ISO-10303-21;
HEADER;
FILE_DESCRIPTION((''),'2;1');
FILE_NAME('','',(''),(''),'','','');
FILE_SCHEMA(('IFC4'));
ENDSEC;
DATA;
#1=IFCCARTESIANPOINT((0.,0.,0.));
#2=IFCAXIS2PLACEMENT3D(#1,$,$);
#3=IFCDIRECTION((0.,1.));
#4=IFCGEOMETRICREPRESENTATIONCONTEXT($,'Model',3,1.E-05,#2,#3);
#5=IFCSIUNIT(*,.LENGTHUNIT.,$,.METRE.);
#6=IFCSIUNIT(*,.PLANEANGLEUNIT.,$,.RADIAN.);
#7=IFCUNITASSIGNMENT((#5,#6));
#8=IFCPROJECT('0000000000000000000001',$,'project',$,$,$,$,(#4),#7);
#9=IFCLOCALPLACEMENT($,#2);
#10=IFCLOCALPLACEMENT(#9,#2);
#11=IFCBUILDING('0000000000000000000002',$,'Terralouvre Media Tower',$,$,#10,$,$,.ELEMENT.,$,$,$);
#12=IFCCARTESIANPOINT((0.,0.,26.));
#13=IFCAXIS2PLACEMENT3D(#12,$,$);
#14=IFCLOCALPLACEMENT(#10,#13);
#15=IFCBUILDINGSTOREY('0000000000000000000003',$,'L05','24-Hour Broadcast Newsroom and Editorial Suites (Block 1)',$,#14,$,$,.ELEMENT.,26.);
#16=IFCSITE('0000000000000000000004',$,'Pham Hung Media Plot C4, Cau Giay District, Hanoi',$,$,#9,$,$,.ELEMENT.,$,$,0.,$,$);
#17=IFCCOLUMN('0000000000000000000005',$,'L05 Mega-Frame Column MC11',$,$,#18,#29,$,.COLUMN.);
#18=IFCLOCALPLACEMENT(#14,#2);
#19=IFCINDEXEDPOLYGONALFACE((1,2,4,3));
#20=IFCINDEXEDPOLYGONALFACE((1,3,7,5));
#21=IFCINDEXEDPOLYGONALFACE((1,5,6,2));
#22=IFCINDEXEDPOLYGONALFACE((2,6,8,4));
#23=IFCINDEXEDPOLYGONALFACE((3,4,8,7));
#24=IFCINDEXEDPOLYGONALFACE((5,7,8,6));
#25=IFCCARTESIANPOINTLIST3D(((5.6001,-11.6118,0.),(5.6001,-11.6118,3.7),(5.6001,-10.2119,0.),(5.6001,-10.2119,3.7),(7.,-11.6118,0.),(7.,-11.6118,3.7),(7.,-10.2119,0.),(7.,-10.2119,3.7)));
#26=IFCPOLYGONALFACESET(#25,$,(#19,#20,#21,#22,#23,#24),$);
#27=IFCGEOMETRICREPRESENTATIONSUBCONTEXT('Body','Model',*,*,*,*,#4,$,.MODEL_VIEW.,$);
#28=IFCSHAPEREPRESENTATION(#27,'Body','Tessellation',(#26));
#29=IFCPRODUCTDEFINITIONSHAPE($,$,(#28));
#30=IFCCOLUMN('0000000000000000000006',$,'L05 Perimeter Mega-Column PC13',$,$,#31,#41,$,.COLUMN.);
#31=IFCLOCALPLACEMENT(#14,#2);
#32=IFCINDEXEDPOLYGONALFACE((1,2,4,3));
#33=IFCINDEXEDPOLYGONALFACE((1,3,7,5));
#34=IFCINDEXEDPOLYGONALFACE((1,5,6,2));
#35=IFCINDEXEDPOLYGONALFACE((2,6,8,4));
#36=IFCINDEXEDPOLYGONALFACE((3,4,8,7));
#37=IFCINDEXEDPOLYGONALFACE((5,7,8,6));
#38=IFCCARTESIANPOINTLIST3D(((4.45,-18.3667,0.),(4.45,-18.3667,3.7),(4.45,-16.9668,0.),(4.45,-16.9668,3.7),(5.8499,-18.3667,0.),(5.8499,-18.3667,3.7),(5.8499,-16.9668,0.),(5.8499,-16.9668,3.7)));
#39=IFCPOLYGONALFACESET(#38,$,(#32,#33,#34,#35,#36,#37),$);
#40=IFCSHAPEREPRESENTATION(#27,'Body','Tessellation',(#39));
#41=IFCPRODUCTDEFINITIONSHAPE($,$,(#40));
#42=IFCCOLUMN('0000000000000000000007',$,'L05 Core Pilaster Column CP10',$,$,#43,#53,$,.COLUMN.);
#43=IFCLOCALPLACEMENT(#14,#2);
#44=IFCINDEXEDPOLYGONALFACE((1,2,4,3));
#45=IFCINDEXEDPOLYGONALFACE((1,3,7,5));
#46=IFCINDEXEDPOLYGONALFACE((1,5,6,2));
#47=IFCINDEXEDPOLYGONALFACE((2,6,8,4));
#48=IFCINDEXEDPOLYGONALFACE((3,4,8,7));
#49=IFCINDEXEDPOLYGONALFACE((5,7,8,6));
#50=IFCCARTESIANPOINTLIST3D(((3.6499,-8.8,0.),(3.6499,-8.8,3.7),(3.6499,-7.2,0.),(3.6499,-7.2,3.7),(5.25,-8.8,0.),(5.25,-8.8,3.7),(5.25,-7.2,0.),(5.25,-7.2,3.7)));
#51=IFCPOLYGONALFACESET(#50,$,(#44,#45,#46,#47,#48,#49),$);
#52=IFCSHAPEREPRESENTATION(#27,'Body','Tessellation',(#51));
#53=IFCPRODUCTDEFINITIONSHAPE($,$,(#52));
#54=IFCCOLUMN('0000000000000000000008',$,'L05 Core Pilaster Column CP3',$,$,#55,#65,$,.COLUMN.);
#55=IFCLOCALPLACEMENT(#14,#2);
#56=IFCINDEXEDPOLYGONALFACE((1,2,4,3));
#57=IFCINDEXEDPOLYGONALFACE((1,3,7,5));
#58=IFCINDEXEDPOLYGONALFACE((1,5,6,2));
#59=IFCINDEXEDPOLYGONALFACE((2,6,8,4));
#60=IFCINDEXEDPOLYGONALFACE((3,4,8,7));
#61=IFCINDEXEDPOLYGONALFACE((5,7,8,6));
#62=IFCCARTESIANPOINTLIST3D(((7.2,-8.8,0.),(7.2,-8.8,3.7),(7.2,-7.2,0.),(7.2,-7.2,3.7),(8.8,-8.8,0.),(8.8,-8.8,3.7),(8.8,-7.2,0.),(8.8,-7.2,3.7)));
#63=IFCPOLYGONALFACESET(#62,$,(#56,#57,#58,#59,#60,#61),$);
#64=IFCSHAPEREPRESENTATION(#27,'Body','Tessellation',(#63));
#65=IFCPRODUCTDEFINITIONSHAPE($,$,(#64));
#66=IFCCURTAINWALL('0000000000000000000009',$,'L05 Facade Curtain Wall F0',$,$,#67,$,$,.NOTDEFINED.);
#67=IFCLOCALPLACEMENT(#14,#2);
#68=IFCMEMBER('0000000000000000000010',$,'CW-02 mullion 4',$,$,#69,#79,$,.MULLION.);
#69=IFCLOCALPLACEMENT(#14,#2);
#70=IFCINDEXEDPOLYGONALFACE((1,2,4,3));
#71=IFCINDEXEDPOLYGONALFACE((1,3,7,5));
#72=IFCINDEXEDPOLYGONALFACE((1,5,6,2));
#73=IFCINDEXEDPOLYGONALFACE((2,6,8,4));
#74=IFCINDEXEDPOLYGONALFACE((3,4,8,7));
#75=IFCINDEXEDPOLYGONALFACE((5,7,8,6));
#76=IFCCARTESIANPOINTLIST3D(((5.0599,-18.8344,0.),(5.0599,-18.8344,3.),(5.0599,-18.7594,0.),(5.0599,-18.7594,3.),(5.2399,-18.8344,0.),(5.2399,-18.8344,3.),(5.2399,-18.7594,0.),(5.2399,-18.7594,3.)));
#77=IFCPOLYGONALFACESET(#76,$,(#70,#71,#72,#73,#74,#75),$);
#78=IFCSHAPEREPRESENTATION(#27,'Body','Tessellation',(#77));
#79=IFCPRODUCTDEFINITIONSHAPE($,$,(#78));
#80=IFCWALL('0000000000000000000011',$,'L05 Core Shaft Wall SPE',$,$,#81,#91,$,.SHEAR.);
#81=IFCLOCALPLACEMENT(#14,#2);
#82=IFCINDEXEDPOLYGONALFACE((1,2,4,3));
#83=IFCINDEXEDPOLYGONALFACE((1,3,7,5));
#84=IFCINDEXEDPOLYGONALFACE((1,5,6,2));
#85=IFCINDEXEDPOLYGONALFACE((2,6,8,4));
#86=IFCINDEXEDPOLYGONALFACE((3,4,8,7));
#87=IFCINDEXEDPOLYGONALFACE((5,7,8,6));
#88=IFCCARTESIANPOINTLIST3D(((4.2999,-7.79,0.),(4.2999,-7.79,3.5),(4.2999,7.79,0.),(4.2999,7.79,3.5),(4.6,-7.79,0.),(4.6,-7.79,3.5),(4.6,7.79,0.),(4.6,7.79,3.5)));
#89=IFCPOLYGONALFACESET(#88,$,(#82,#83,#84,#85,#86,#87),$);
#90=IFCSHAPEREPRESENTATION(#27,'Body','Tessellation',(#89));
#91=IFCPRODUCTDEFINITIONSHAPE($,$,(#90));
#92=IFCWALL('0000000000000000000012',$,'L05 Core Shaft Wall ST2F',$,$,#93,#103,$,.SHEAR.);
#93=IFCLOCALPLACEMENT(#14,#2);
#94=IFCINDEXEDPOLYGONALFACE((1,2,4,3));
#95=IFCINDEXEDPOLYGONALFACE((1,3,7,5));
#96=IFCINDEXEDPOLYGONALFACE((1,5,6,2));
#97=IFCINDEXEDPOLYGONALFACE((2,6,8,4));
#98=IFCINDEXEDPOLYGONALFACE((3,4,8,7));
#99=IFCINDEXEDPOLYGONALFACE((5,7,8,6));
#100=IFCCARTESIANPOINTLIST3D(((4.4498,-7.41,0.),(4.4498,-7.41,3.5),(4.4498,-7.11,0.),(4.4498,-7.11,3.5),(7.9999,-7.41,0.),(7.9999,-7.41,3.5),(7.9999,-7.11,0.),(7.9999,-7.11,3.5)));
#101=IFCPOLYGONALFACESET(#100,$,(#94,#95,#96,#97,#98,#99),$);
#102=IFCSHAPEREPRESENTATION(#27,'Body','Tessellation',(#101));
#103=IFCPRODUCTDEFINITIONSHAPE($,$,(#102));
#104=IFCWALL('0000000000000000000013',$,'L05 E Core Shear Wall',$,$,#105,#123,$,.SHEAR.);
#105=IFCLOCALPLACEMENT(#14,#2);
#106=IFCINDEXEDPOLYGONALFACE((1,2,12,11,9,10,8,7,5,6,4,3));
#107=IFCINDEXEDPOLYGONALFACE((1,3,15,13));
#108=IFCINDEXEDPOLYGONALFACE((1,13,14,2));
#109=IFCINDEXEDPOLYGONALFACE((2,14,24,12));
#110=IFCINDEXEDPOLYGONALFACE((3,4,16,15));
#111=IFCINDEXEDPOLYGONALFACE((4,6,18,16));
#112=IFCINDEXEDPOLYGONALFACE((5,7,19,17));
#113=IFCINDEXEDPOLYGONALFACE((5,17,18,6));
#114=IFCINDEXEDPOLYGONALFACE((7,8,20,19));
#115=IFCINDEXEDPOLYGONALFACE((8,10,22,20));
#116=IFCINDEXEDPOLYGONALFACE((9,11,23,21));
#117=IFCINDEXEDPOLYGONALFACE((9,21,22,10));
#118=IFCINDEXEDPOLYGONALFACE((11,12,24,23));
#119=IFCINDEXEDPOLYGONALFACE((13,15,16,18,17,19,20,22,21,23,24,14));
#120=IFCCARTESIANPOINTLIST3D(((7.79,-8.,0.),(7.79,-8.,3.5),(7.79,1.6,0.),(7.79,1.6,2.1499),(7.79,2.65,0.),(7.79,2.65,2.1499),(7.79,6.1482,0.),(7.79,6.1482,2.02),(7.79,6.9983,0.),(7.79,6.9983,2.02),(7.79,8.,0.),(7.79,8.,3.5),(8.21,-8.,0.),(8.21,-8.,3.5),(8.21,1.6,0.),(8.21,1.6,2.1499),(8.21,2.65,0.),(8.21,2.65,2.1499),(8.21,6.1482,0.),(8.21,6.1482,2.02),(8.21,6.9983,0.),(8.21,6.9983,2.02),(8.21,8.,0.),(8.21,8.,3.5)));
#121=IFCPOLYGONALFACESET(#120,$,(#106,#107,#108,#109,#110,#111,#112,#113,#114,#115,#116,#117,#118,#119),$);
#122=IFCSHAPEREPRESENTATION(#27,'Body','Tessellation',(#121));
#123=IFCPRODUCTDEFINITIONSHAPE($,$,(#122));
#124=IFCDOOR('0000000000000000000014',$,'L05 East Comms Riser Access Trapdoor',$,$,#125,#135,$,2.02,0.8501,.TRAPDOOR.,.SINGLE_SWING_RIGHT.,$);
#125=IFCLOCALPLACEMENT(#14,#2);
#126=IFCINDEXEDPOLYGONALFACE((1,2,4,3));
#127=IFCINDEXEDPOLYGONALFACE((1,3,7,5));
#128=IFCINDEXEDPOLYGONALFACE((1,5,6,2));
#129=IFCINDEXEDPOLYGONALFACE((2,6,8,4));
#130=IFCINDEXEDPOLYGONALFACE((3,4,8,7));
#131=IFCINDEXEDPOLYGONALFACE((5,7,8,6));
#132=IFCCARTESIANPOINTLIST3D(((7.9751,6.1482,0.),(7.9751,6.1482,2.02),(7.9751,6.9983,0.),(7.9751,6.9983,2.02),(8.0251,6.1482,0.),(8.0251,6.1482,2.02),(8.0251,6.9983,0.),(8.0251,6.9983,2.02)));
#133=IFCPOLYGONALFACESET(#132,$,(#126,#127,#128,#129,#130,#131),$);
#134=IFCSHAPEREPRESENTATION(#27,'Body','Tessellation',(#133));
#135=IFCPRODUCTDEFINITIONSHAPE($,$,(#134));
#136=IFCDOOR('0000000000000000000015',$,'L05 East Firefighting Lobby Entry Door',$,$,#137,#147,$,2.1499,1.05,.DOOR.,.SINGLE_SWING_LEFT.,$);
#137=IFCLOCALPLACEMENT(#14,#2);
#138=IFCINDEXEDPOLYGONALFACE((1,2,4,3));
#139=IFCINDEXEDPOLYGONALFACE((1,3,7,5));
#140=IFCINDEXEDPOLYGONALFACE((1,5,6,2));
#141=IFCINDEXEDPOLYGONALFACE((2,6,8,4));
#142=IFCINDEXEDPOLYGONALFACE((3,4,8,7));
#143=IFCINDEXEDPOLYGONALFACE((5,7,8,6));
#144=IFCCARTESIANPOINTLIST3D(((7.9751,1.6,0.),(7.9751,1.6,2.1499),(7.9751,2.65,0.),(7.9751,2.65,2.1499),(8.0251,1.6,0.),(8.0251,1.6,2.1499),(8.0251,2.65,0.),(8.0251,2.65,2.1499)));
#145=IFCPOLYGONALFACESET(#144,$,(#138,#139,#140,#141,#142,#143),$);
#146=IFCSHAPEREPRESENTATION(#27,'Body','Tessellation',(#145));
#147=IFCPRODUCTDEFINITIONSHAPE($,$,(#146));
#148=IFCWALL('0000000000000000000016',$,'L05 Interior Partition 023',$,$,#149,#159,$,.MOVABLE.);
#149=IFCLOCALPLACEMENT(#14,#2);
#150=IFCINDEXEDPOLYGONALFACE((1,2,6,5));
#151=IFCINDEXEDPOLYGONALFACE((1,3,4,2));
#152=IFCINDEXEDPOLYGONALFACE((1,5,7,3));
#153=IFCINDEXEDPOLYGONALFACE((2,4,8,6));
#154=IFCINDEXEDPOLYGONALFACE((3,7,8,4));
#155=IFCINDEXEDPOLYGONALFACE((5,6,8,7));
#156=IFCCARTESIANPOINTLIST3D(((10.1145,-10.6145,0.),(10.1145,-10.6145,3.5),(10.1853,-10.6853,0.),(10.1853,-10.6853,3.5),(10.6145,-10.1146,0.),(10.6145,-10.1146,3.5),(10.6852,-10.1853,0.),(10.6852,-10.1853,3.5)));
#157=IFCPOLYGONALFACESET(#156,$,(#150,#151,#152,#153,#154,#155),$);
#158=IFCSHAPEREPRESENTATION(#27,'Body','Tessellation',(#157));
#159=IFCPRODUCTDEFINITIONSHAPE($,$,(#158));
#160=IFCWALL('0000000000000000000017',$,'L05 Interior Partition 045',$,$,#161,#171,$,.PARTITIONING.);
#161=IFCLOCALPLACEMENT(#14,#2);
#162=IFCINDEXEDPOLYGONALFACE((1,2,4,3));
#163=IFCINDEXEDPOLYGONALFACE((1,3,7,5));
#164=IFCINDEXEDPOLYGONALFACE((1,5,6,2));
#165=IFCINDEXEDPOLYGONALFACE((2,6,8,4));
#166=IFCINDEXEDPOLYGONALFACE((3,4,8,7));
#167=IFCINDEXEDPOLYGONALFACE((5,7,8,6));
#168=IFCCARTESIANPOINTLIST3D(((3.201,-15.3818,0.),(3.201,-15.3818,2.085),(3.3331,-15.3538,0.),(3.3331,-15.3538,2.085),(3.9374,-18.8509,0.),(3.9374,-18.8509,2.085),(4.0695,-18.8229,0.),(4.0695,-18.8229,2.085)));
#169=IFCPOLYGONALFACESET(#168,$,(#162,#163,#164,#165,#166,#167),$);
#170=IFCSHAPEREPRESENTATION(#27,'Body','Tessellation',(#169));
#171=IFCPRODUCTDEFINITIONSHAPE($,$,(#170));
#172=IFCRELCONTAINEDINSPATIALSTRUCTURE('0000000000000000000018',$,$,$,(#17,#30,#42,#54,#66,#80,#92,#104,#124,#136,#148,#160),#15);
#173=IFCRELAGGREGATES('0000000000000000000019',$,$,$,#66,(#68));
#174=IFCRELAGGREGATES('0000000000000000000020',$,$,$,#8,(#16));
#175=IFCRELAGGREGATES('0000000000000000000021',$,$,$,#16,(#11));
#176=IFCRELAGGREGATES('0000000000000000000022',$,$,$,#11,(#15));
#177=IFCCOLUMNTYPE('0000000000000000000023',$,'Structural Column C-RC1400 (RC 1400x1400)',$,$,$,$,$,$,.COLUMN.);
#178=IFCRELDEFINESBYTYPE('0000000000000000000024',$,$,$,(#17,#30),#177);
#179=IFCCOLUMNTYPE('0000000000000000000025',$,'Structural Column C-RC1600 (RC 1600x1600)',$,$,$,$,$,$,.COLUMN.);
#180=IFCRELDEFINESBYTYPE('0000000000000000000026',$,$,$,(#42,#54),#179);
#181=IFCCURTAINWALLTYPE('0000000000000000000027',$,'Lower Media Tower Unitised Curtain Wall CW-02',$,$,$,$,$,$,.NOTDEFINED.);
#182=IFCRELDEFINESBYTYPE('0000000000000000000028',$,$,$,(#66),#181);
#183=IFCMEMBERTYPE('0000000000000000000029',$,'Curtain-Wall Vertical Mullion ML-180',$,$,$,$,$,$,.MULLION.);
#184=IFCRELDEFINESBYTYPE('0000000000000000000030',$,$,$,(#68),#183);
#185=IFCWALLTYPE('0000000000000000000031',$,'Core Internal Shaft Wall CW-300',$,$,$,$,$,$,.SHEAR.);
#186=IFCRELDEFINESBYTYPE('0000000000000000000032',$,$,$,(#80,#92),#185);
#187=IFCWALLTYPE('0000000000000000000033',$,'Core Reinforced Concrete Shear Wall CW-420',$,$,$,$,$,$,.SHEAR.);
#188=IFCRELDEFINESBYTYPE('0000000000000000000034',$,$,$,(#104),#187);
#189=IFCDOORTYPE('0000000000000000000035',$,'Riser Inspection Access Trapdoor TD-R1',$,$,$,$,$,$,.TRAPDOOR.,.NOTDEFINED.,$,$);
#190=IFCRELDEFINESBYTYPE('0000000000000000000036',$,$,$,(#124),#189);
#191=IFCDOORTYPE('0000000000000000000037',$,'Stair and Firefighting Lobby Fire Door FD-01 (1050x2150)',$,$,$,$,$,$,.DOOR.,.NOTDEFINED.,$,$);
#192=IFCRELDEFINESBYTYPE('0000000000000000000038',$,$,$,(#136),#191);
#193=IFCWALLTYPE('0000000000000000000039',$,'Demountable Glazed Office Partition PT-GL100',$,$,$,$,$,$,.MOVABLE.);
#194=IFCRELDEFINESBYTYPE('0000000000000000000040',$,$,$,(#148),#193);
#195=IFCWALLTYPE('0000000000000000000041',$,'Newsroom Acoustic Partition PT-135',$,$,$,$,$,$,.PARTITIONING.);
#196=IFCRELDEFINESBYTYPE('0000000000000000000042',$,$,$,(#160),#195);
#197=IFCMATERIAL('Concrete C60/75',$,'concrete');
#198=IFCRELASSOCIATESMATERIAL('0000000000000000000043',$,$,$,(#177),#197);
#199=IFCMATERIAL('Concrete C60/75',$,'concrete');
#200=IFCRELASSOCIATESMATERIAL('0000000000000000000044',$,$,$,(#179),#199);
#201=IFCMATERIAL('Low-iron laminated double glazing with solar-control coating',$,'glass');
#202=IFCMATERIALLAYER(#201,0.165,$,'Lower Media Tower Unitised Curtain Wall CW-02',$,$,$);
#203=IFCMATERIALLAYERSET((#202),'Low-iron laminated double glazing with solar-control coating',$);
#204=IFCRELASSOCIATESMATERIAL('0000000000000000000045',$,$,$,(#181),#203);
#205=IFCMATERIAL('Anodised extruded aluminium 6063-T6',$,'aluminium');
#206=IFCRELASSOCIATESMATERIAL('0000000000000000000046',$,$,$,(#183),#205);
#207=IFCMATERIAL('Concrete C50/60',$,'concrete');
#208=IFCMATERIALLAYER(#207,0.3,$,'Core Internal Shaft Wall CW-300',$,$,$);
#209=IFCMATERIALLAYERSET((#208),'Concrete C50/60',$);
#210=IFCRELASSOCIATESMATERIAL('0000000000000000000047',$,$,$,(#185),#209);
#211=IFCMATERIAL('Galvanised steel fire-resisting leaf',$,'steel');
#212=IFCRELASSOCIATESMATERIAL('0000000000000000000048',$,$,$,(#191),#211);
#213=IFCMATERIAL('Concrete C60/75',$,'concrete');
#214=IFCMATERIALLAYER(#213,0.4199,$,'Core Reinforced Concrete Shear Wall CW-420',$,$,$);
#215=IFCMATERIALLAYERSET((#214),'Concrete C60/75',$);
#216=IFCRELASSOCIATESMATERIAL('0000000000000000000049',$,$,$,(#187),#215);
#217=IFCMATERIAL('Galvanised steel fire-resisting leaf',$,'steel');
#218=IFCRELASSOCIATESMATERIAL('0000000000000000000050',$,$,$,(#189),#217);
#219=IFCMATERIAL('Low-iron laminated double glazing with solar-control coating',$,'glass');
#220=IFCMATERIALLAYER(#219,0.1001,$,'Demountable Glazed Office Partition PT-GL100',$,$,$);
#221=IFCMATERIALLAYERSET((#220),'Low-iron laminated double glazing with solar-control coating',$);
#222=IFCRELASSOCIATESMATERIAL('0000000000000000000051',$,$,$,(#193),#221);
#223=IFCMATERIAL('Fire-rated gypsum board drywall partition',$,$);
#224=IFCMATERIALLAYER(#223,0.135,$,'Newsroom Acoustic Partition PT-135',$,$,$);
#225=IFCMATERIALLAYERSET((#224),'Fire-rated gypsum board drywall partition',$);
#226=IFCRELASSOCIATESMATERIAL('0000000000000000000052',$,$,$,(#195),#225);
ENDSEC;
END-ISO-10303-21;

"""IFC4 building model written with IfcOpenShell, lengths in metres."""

from ifc_helpers import new_model, si_unit, direction, frame, frame_2d, origin, origin_2d, place, context, subcontext, project, spatial, rectangle, extrude, material, layer, layer_set, material_profile, profile_set, type_object, element, fill, aggregate, save


model = new_model("IFC4")

# Units and contexts
model_context = context("Model", 3, precision=1e-05, world=origin(), true_north=direction((0.0, 1.0)))
body_context = subcontext(model_context, "Body", "Model", "MODEL_VIEW")
ifc_project = project(units=[si_unit("LENGTHUNIT", "METRE"), si_unit("PLANEANGLEUNIT", "RADIAN")], contexts=[model_context])

# Site, building, storey
site_placement = place(None, origin())
site = spatial("IfcSite", under=ifc_project, at=site_placement, Name="Pham Hung Media Plot C4, Cau Giay District, Hanoi", CompositionType="ELEMENT", RefElevation=0.0)
building_placement = place(site_placement, origin())
building = spatial("IfcBuilding", under=site, at=building_placement, Name="Terralouvre Media Tower", CompositionType="ELEMENT")
storey_placement = place(building_placement, frame((0.0, 0.0, 26.0)))
storey = spatial("IfcBuildingStorey", under=building, at=storey_placement, Name="L05", Description="24-Hour Broadcast Newsroom and Editorial Suites (Block 1)", CompositionType="ELEMENT", Elevation=26.0)

# Columns
ifc_material_1 = material(Name="Concrete C60/75", Category="concrete")
ifc_material_profile_1 = material_profile(ifc_material_1, rectangle(XDim=1.3999, YDim=1.3999, at=origin_2d()), Name="RC 1400x1400")
ifc_profile_set_1 = profile_set([ifc_material_profile_1], Name="Concrete C60/75")
column_type_1 = type_object("IfcColumnType", Name="Structural Column C-RC1400 (RC 1400x1400)", PredefinedType="COLUMN", material=ifc_profile_set_1)
for number, where, z_axis, x_axis, name in (
    (1, (6.3, -10.9119, 0.0), (0.0, 0.0, 1.0), (1.0, 0.0, 0.0), "L05 Mega-Frame Column MC11"),
    (2, (5.1499, -17.6667, 0.0), (0.0, 0.0, 1.0), (1.0, 0.0, 0.0), "L05 Perimeter Mega-Column PC13"),
):
    element("IfcColumn", number, at=place(storey_placement, frame(where, z_axis=z_axis, x_axis=x_axis)), inside=storey, type_object=column_type_1, Name=name, PredefinedType="COLUMN", context=body_context, shape_type="SweptSolid", body=[
        extrude(rectangle(XDim=1.3999, YDim=1.3999, at=origin_2d()), origin(), (0.0, 0.0, 1.0), 3.7),
    ])
ifc_material_2 = material(Name="Concrete C60/75", Category="concrete")
ifc_material_profile_2 = material_profile(ifc_material_2, rectangle(XDim=1.6001, YDim=1.6001, at=origin_2d()), Name="RC 1600x1600")
ifc_profile_set_2 = profile_set([ifc_material_profile_2], Name="Concrete C60/75")
column_type_2 = type_object("IfcColumnType", Name="Structural Column C-RC1600 (RC 1600x1600)", PredefinedType="COLUMN", material=ifc_profile_set_2)
for number, where, z_axis, x_axis, name in (
    (3, (4.45, -8.0, 0.0), (0.0, 0.0, 1.0), (1.0, 0.0, 0.0), "L05 Core Pilaster Column CP10"),
    (4, (8.0, -8.0, 0.0), (0.0, 0.0, 1.0), (1.0, 0.0, 0.0), "L05 Core Pilaster Column CP3"),
):
    element("IfcColumn", number, at=place(storey_placement, frame(where, z_axis=z_axis, x_axis=x_axis)), inside=storey, type_object=column_type_2, Name=name, PredefinedType="COLUMN", context=body_context, shape_type="SweptSolid", body=[
        extrude(rectangle(XDim=1.6001, YDim=1.6001, at=origin_2d()), origin(), (0.0, 0.0, 1.0), 3.7),
    ])

# Curtain wall, member
ifc_material_3 = material(Name="Low-iron laminated double glazing with solar-control coating", Category="glass")
ifc_layer_1 = layer(ifc_material_3, 0.165, Name="Lower Media Tower Unitised Curtain Wall CW-02")
ifc_layer_set_1 = layer_set([ifc_layer_1], Name="Low-iron laminated double glazing with solar-control coating")
curtain_wall_type = type_object("IfcCurtainWallType", Name="Lower Media Tower Unitised Curtain Wall CW-02", PredefinedType="NOTDEFINED", material=ifc_layer_set_1)
curtain_wall_placement = place(storey_placement, origin())
curtain_wall = element("IfcCurtainWall", 5, at=curtain_wall_placement, inside=storey, type_object=curtain_wall_type, Name="L05 Facade Curtain Wall F0", PredefinedType="NOTDEFINED")
ifc_material_4 = material(Name="Anodised extruded aluminium 6063-T6", Category="aluminium")
ifc_material_profile_3 = material_profile(ifc_material_4, rectangle(XDim=0.075, YDim=0.1799, at=origin_2d()), Name="ALU 75x180")
ifc_profile_set_3 = profile_set([ifc_material_profile_3], Name="Anodised extruded aluminium 6063-T6")
member_type = type_object("IfcMemberType", Name="Curtain-Wall Vertical Mullion ML-180", PredefinedType="MULLION", material=ifc_profile_set_3)
member_placement = place(storey_placement, frame((5.1499, -18.7969, 0.0), z_axis=(0.0, 0.0, 1.0), x_axis=(0.0, 1.0, 0.0)))
member = element("IfcMember", 6, at=member_placement, type_object=member_type, Name="CW-02 mullion 4", PredefinedType="MULLION", context=body_context, shape_type="SweptSolid", body=[
    extrude(rectangle(XDim=0.075, YDim=0.1799, at=origin_2d()), origin(), (0.0, 0.0, 1.0), 3.0),
])
aggregate(curtain_wall, [member])

# Wall
ifc_material_5 = material(Name="Concrete C50/60", Category="concrete")
ifc_layer_2 = layer(ifc_material_5, 0.3, Name="Core Internal Shaft Wall CW-300")
ifc_layer_set_2 = layer_set([ifc_layer_2], Name="Concrete C50/60")
wall_type_1 = type_object("IfcWallType", Name="Core Internal Shaft Wall CW-300", PredefinedType="SHEAR", material=ifc_layer_set_2)
wall_1_placement = place(storey_placement, frame((4.45, -7.79, 0.0), z_axis=(0.0, 0.0, 1.0), x_axis=(0.0, 1.0, 0.0)))
element("IfcWall", 7, at=wall_1_placement, inside=storey, type_object=wall_type_1, Name="L05 Core Shaft Wall SPE", PredefinedType="SHEAR", context=body_context, shape_type="SweptSolid", body=[
    extrude(rectangle(XDim=15.5801, YDim=0.3, at=frame_2d((7.79, 0.0))), origin(), (0.0, 0.0, 1.0), 3.5),
])

# Shared definitions
ifc_material_6 = material(Name="Galvanised steel fire-resisting leaf", Category="steel")
door_type_1 = type_object("IfcDoorType", Name="Stair and Firefighting Lobby Fire Door FD-01 (1050x2150)", OperationType="NOTDEFINED", PredefinedType="DOOR", material=ifc_material_6)

# Wall
wall_2_placement = place(storey_placement, frame((4.45, -7.26, 0.0), z_axis=(0.0, 0.0, 1.0), x_axis=(1.0, 0.0, 0.0)))
element("IfcWall", 8, at=wall_2_placement, inside=storey, type_object=wall_type_1, Name="L05 Core Shaft Wall ST2F", PredefinedType="SHEAR", context=body_context, shape_type="SweptSolid", body=[
    extrude(rectangle(XDim=3.55, YDim=0.3, at=frame_2d((1.7749, 0.0))), origin(), (0.0, 0.0, 1.0), 3.5),
])

# Wall, openings, doors
ifc_material_7 = material(Name="Concrete C60/75", Category="concrete")
ifc_layer_3 = layer(ifc_material_7, 0.4199, Name="Core Reinforced Concrete Shear Wall CW-420")
ifc_layer_set_3 = layer_set([ifc_layer_3], Name="Concrete C60/75")
wall_type_2 = type_object("IfcWallType", Name="Core Reinforced Concrete Shear Wall CW-420", PredefinedType="SHEAR", material=ifc_layer_set_3)
wall_3_placement = place(storey_placement, frame((8.0, -8.0, 0.0), z_axis=(0.0, 0.0, 1.0), x_axis=(0.0, 1.0, 0.0)))
wall_3 = element("IfcWall", 9, at=wall_3_placement, inside=storey, type_object=wall_type_2, Name="L05 E Core Shear Wall", PredefinedType="SHEAR", context=body_context, shape_type="SweptSolid", body=[
    extrude(rectangle(XDim=16.0, YDim=0.4199, at=frame_2d((8.0, 0.0))), origin(), (0.0, 0.0, 1.0), 3.5),
])
opening_1_placement = place(wall_3_placement, frame((9.6001, 0.0, 0.0)))
opening_1 = element("IfcOpeningElement", 10, at=opening_1_placement, cuts=wall_3, PredefinedType="OPENING", context=body_context, shape_type="SweptSolid", body=[
    extrude(rectangle(XDim=1.05, YDim=2.1499, at=frame_2d((0.5249, 1.075))), frame((0.0, 0.22, 0.0), z_axis=(0.0, -1.0, 0.0), x_axis=(1.0, 0.0, 0.0)), (0.0, 0.0, 1.0), 0.4399),
])
opening_2_placement = place(wall_3_placement, frame((14.1482, 0.0, 0.0)))
opening_2 = element("IfcOpeningElement", 11, at=opening_2_placement, cuts=wall_3, PredefinedType="OPENING", context=body_context, shape_type="SweptSolid", body=[
    extrude(rectangle(XDim=0.8501, YDim=2.02, at=frame_2d((0.425, 1.01))), frame((0.0, 0.22, 0.0), z_axis=(0.0, -1.0, 0.0), x_axis=(1.0, 0.0, 0.0)), (0.0, 0.0, 1.0), 0.4399),
])
ifc_material_8 = material(Name="Galvanised steel fire-resisting leaf", Category="steel")
door_type_2 = type_object("IfcDoorType", Name="Riser Inspection Access Trapdoor TD-R1", OperationType="NOTDEFINED", PredefinedType="TRAPDOOR", material=ifc_material_8)
door_1_placement = place(opening_2_placement, origin())
door_1 = element("IfcDoor", 12, at=door_1_placement, inside=storey, type_object=door_type_2, Name="L05 East Comms Riser Access Trapdoor", OperationType="SINGLE_SWING_RIGHT", OverallHeight=2.02, OverallWidth=0.8501, PredefinedType="TRAPDOOR", context=body_context, shape_type="SweptSolid", body=[
    extrude(rectangle(XDim=0.8501, YDim=2.02, at=frame_2d((0.425, 1.01))), frame((0.0, 0.0249, 0.0), z_axis=(0.0, -1.0, 0.0), x_axis=(1.0, 0.0, 0.0)), (0.0, 0.0, 1.0), 0.05),
])
fill(opening_2, door_1)
door_2_placement = place(opening_1_placement, origin())
door_2 = element("IfcDoor", 13, at=door_2_placement, inside=storey, type_object=door_type_1, Name="L05 East Firefighting Lobby Entry Door", OperationType="SINGLE_SWING_LEFT", OverallHeight=2.1499, OverallWidth=1.05, PredefinedType="DOOR", context=body_context, shape_type="SweptSolid", body=[
    extrude(rectangle(XDim=1.05, YDim=2.1499, at=frame_2d((0.5249, 1.075))), frame((0.0, 0.0249, 0.0), z_axis=(0.0, -1.0, 0.0), x_axis=(1.0, 0.0, 0.0)), (0.0, 0.0, 1.0), 0.05),
])
fill(opening_1, door_2)

# Walls
ifc_material_9 = material(Name="Low-iron laminated double glazing with solar-control coating", Category="glass")
ifc_layer_4 = layer(ifc_material_9, 0.1001, Name="Demountable Glazed Office Partition PT-GL100")
ifc_layer_set_4 = layer_set([ifc_layer_4], Name="Low-iron laminated double glazing with solar-control coating")
wall_type_3 = type_object("IfcWallType", Name="Demountable Glazed Office Partition PT-GL100", PredefinedType="MOVABLE", material=ifc_layer_set_4)
wall_4_placement = place(storey_placement, frame((10.1499, -10.6499, 0.0), z_axis=(0.0, 0.0, 1.0), x_axis=(0.707107, 0.707107, 0.0)))
element("IfcWall", 14, at=wall_4_placement, inside=storey, type_object=wall_type_3, Name="L05 Interior Partition 023", PredefinedType="MOVABLE", context=body_context, shape_type="SweptSolid", body=[
    extrude(rectangle(XDim=0.707, YDim=0.1001, at=frame_2d((0.3535, 0.0))), origin(), (0.0, 0.0, 1.0), 3.5),
])
ifc_material_10 = material(Name="Fire-rated gypsum board drywall partition")
ifc_layer_5 = layer(ifc_material_10, 0.135, Name="Newsroom Acoustic Partition PT-135")
ifc_layer_set_5 = layer_set([ifc_layer_5], Name="Fire-rated gypsum board drywall partition")
wall_type_4 = type_object("IfcWallType", Name="Newsroom Acoustic Partition PT-135", PredefinedType="PARTITIONING", material=ifc_layer_set_5)
wall_5_placement = place(storey_placement, frame((4.0034, -18.8369, 0.0), z_axis=(0.0, 0.0, 1.0), x_axis=(-0.207634, 0.978207, 0.0)))
element("IfcWall", 15, at=wall_5_placement, inside=storey, type_object=wall_type_4, Name="L05 Interior Partition 045", PredefinedType="PARTITIONING", context=body_context, shape_type="SweptSolid", body=[
    extrude(rectangle(XDim=3.5464, YDim=0.135, at=frame_2d((1.7732, 0.0))), origin(), (0.0, 0.0, 1.0), 2.085),
])

save(model, "model.ifc")
